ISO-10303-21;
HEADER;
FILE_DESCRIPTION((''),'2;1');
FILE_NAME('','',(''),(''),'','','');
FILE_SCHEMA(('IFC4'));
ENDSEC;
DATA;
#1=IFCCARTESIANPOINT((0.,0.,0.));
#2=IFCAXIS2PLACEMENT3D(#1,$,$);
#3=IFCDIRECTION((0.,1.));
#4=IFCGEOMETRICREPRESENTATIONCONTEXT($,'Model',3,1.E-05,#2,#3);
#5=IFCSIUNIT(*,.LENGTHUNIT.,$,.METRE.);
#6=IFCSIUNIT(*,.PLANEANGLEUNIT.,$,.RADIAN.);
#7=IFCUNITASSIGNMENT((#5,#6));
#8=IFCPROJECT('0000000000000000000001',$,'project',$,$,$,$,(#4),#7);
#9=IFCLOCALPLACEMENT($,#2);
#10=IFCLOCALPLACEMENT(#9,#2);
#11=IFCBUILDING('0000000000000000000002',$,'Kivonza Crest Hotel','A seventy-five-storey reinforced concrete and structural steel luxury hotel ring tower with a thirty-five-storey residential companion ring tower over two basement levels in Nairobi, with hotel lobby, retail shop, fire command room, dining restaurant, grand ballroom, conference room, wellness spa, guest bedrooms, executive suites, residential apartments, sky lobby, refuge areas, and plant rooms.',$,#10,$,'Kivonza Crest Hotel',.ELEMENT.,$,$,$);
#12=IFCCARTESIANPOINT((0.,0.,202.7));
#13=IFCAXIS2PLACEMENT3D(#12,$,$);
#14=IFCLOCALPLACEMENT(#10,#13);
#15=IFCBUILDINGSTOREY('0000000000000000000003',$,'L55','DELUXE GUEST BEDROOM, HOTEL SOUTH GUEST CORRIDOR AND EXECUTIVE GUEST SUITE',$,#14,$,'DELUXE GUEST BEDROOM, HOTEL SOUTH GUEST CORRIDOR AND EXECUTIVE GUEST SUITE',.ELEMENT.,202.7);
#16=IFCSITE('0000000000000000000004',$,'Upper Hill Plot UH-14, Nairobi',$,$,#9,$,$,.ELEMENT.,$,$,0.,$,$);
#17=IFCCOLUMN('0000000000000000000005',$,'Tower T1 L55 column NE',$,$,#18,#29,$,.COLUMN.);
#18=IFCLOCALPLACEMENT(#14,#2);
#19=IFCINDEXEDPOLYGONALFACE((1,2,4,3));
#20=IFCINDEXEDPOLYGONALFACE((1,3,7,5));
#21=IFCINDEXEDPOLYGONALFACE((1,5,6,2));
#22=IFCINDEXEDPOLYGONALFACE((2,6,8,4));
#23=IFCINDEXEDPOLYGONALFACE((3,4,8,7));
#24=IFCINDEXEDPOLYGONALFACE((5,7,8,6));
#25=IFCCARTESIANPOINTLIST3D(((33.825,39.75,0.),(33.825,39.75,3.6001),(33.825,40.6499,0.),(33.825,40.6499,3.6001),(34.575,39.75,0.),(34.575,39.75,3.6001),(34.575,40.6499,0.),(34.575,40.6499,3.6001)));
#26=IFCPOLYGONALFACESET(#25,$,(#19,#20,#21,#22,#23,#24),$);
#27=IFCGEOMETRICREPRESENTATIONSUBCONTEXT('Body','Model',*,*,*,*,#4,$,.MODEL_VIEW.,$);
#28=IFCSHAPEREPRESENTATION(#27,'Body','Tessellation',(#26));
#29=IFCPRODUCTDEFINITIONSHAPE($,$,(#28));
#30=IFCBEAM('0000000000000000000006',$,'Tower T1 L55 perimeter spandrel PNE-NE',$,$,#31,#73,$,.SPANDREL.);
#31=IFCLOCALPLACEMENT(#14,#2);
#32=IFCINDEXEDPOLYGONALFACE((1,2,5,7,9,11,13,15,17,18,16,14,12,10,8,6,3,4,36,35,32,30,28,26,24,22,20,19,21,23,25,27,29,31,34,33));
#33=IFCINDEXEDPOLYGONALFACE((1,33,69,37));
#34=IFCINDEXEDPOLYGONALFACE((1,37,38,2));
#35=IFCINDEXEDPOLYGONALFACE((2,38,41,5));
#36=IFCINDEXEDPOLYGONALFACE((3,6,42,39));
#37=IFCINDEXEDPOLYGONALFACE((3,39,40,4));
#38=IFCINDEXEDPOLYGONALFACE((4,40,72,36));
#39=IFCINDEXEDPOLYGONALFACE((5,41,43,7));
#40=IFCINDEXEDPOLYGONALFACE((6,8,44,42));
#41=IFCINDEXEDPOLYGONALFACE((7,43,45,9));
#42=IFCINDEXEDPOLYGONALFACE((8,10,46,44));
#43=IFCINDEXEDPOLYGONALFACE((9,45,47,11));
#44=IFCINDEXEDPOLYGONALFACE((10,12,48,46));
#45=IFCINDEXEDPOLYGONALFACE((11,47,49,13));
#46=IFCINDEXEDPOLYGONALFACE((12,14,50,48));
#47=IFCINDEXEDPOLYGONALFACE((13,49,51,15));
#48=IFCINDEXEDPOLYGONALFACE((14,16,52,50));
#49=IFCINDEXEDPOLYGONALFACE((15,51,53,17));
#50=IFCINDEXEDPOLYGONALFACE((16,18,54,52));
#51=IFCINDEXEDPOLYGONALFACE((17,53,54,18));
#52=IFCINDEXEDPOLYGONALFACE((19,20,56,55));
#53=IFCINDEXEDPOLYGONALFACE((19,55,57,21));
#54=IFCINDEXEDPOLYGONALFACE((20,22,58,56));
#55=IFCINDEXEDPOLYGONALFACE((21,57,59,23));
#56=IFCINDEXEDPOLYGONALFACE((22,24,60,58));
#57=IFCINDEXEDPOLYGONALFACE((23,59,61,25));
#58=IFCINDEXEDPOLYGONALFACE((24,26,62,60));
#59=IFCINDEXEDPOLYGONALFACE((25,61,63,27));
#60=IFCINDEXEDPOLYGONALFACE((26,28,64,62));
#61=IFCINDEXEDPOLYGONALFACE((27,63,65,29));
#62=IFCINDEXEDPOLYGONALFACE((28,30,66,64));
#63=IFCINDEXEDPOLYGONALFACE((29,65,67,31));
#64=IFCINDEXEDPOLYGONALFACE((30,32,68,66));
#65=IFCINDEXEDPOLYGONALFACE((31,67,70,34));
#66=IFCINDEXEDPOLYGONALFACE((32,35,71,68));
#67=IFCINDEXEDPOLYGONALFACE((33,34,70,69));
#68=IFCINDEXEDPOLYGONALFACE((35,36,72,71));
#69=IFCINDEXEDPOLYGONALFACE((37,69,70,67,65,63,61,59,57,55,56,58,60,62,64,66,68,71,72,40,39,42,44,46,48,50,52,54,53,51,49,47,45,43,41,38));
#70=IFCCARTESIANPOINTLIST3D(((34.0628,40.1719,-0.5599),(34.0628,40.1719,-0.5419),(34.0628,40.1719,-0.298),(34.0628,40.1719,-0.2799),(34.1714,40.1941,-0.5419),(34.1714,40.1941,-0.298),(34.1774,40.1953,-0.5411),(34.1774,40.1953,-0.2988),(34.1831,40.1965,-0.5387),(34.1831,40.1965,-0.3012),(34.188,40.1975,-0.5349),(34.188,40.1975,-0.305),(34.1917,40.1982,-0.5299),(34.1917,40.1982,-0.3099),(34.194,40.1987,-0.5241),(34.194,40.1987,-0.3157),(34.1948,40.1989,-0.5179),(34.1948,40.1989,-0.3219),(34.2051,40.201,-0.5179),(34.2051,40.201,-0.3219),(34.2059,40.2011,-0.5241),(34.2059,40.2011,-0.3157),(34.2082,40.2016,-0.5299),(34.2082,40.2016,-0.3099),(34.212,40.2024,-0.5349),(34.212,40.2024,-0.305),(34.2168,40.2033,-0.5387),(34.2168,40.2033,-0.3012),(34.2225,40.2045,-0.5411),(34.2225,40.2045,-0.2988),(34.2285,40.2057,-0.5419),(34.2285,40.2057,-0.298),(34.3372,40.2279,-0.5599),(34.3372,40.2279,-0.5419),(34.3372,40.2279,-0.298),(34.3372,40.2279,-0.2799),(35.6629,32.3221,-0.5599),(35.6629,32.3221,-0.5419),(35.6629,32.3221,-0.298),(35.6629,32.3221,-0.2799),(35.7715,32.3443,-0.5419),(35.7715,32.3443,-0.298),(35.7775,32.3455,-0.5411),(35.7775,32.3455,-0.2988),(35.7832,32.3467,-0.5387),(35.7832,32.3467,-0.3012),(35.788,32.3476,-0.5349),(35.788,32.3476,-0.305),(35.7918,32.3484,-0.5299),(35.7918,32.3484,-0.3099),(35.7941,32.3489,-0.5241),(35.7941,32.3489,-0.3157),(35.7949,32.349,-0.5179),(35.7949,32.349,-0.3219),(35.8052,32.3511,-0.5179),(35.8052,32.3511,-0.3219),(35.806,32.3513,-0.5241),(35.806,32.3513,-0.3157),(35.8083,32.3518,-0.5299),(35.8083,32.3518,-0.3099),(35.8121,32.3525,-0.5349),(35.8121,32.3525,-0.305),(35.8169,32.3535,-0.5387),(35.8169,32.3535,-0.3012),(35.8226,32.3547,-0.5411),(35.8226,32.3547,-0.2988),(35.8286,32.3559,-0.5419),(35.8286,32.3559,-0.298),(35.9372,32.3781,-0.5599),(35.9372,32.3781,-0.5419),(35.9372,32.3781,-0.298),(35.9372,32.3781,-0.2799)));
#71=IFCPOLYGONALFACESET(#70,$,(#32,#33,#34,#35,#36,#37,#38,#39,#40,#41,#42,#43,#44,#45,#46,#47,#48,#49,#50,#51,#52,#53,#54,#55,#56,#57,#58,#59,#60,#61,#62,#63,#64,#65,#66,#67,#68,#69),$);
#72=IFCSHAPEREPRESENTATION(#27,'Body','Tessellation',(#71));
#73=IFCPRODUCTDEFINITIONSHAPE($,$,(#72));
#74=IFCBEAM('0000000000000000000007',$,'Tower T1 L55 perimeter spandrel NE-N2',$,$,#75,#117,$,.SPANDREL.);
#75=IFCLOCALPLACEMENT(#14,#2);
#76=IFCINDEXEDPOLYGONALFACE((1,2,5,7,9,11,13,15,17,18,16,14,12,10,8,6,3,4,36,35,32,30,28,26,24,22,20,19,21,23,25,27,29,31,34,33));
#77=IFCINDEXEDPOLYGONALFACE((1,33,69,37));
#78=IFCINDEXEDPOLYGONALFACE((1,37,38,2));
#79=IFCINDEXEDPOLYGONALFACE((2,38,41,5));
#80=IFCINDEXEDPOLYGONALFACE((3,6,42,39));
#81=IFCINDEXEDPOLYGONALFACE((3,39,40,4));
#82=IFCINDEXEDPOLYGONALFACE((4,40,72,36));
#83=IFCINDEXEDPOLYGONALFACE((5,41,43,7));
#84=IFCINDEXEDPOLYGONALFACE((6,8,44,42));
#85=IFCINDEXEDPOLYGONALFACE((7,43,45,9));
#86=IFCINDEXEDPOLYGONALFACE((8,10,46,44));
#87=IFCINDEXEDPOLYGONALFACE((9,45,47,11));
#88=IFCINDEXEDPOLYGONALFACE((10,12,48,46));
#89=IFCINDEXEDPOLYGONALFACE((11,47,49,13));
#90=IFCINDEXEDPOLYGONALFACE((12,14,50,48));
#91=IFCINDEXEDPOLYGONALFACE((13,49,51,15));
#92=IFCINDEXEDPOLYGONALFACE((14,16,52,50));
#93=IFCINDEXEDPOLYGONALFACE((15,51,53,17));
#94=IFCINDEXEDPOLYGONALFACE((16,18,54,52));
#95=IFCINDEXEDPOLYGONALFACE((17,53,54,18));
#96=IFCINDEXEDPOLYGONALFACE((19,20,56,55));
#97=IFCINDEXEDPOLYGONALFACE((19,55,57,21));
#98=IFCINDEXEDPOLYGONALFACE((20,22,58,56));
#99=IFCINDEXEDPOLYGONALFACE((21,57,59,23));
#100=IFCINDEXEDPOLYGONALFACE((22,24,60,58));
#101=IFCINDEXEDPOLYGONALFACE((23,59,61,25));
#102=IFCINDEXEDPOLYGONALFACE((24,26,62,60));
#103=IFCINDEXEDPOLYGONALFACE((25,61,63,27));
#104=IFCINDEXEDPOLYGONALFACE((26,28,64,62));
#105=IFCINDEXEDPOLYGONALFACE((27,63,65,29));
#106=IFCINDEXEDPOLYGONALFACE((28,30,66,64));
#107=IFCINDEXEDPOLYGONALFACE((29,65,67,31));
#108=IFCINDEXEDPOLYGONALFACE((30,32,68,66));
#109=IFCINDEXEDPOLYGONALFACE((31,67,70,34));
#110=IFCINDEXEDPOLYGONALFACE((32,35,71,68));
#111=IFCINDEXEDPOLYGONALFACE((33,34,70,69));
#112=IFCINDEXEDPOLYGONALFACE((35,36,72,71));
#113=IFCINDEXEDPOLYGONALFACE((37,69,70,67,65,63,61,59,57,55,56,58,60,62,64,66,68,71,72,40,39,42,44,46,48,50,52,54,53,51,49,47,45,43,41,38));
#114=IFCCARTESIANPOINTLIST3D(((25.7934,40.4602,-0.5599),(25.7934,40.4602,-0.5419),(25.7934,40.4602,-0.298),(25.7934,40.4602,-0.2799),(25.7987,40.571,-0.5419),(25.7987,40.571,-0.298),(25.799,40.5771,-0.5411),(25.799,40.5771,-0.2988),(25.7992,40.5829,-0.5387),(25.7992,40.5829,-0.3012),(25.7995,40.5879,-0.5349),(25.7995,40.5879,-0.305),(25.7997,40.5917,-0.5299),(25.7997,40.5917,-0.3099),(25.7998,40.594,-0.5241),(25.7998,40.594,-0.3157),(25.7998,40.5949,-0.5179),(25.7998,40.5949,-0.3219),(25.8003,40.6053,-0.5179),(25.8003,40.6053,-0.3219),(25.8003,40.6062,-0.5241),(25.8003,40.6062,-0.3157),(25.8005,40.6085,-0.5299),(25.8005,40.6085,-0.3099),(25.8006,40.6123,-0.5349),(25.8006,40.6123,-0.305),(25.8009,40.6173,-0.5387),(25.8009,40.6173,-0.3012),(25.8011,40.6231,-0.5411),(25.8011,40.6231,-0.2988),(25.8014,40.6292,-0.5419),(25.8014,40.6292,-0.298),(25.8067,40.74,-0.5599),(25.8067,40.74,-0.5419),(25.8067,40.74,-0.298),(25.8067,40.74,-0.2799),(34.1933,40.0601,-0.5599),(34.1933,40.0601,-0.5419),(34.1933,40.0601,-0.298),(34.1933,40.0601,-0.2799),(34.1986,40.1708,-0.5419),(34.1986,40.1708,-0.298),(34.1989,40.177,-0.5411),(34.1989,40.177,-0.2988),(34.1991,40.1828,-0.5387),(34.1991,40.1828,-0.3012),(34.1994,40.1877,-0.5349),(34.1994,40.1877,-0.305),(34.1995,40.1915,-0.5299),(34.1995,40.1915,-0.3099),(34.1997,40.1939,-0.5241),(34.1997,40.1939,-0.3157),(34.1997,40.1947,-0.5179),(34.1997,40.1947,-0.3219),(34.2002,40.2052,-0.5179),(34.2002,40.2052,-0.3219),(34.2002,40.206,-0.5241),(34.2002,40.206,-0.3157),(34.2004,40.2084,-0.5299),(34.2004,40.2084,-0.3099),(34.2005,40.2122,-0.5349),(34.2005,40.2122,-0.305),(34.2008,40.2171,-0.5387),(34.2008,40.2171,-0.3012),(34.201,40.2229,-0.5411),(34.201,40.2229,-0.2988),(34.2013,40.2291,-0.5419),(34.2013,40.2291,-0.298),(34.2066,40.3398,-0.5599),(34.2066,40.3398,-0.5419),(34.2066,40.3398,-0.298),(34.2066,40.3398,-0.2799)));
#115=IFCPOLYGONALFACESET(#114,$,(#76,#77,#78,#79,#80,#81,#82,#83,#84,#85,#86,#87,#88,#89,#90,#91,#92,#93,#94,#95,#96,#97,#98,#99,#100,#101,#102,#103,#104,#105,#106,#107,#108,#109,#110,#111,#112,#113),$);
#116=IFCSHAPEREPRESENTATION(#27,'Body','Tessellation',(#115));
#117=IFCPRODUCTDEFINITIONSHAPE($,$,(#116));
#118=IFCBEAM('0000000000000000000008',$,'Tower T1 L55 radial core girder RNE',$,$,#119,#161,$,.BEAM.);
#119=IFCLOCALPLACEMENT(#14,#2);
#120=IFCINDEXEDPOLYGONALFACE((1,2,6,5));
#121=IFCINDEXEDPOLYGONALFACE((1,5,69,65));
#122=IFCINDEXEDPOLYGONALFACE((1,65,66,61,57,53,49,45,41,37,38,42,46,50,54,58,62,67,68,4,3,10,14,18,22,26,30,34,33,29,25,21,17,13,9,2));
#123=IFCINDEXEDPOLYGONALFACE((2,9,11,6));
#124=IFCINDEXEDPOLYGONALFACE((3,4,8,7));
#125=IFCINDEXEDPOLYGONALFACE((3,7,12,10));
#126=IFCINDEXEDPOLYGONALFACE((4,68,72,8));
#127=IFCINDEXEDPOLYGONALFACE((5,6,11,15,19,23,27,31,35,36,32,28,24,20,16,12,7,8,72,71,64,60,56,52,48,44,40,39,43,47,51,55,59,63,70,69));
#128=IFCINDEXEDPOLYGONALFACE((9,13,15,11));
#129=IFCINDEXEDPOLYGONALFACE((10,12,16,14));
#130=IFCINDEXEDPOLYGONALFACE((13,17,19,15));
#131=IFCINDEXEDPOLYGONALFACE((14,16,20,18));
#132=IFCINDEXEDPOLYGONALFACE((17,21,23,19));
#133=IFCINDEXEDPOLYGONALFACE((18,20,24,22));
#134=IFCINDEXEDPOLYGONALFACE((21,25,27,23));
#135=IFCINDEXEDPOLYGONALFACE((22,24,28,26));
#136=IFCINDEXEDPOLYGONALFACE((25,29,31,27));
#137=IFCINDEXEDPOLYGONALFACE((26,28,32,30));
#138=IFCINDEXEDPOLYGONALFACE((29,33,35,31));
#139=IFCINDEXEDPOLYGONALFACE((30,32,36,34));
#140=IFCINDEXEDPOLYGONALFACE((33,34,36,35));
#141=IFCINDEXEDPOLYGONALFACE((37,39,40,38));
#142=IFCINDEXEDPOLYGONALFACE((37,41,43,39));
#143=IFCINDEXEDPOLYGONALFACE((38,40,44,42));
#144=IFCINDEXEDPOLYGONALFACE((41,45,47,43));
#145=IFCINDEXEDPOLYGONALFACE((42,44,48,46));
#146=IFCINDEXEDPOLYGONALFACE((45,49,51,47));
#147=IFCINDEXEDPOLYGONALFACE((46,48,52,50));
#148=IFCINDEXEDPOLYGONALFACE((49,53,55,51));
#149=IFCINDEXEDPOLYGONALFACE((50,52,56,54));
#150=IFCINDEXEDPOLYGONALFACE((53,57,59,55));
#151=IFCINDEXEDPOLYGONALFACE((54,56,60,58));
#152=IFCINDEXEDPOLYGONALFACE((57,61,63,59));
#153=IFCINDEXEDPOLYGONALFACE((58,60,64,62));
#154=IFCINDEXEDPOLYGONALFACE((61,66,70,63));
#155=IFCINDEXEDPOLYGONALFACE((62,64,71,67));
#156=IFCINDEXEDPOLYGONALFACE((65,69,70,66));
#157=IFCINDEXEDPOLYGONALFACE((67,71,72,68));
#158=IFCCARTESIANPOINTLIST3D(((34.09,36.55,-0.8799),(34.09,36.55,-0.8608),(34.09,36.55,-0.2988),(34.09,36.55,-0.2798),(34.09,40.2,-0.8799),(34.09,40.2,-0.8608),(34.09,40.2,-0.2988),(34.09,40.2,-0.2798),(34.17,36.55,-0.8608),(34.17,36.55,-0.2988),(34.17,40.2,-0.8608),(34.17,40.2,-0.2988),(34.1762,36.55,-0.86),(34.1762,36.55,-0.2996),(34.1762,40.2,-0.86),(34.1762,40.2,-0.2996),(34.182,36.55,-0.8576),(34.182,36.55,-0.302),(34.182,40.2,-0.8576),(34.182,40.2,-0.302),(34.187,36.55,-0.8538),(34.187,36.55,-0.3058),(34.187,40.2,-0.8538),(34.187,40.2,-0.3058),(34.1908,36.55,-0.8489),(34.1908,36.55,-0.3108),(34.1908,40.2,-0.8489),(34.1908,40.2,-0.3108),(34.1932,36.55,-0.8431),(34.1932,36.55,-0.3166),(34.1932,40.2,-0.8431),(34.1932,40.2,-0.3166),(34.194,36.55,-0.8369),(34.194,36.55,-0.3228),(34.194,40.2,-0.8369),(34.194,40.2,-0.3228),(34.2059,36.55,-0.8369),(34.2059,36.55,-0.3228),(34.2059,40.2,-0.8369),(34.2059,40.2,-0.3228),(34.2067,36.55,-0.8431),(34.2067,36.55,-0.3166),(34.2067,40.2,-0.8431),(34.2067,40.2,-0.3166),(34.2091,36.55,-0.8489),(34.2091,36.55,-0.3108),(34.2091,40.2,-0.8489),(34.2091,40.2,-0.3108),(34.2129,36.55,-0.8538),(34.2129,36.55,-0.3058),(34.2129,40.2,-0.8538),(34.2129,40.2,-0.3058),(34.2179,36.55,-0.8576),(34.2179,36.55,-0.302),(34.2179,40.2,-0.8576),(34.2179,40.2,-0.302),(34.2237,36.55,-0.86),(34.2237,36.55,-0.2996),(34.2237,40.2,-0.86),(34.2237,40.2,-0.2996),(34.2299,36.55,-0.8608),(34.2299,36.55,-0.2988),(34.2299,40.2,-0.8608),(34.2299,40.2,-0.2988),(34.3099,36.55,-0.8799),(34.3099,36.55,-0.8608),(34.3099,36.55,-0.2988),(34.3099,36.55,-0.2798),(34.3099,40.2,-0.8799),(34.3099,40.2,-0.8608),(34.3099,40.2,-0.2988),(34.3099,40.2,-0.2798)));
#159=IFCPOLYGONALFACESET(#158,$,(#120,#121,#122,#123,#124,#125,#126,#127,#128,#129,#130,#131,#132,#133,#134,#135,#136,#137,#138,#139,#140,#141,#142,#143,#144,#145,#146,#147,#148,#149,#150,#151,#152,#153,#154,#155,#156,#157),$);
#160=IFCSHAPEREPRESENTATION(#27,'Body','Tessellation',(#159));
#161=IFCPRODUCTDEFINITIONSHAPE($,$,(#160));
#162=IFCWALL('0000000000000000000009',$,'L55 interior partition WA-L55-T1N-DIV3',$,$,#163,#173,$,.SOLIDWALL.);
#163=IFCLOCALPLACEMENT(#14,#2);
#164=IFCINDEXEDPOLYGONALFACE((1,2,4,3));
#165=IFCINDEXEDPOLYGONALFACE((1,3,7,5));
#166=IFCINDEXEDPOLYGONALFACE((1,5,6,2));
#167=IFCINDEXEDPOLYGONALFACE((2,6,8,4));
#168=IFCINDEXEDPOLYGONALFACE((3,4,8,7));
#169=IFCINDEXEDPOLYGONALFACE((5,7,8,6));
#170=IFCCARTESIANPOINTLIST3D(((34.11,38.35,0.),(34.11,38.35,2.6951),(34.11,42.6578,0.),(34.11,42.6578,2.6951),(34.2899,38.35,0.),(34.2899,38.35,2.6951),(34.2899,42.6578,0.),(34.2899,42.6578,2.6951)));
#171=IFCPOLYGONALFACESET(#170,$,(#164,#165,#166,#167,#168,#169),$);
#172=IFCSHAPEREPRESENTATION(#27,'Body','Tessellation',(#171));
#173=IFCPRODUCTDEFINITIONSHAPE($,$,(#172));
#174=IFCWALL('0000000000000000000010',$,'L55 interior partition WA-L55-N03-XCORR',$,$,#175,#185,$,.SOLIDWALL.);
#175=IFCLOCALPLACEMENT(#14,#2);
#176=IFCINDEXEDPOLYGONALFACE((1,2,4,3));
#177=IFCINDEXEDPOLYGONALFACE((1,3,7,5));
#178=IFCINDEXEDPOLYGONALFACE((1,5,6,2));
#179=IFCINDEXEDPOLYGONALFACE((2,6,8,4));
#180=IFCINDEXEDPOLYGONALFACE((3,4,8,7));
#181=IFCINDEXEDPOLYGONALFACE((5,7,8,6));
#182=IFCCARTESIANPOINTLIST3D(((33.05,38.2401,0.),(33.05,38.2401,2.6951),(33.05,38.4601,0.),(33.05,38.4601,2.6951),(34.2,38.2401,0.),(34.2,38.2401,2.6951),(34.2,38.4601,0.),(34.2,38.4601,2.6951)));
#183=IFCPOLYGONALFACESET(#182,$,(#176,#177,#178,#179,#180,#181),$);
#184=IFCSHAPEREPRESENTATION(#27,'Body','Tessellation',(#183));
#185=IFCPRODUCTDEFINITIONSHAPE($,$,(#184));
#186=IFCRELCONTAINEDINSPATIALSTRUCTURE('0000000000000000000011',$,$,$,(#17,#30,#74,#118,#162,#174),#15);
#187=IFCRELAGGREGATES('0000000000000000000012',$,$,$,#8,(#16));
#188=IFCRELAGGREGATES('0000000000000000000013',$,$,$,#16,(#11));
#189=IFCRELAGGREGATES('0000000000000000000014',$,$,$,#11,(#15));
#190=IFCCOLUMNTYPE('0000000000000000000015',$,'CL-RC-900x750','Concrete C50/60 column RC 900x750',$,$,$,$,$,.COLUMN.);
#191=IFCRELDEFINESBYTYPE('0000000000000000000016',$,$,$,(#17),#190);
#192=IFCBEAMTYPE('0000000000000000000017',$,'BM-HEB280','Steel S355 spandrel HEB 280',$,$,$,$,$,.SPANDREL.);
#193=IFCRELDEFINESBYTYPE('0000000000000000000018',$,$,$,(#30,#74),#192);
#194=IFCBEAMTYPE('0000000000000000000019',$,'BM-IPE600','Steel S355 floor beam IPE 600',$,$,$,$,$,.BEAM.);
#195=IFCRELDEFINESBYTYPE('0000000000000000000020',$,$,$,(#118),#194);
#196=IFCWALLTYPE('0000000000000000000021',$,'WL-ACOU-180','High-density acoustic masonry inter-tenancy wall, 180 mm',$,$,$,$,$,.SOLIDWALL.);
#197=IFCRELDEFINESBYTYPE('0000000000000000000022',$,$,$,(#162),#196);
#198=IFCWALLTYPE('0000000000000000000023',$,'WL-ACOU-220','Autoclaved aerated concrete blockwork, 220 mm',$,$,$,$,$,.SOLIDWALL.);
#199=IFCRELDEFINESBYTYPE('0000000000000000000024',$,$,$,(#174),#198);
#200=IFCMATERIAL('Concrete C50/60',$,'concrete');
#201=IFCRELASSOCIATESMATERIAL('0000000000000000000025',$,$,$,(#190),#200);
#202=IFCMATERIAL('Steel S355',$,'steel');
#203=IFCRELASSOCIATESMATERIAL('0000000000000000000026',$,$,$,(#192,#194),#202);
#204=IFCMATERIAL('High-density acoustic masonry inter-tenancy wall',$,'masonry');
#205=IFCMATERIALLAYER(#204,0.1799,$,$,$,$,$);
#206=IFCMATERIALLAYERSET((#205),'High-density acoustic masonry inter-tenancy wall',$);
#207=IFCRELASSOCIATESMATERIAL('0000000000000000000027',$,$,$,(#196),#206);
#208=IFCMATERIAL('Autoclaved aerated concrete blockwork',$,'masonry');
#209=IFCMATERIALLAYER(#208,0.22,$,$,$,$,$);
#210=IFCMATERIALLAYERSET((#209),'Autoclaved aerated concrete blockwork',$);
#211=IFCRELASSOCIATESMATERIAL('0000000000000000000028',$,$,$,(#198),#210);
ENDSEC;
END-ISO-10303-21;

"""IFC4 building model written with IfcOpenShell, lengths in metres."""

from ifc_helpers import new_model, si_unit, direction, frame, frame_2d, origin, origin_2d, place, context, subcontext, project, spatial, rectangle, i_section, extrude, material, layer, layer_set, material_profile, profile_set, type_object, element, save


model = new_model("IFC4")

# Units and contexts
model_context = context("Model", 3, precision=1e-05, world=origin(), true_north=direction((0.0, 1.0)))
body_context = subcontext(model_context, "Body", "Model", "MODEL_VIEW")
ifc_project = project(units=[si_unit("LENGTHUNIT", "METRE"), si_unit("PLANEANGLEUNIT", "RADIAN")], contexts=[model_context])

# Site, building, storey
site_placement = place(None, origin())
site = spatial("IfcSite", under=ifc_project, at=site_placement, Name="Upper Hill Plot UH-14, Nairobi", CompositionType="ELEMENT", RefElevation=0.0)
building_placement = place(site_placement, origin())
building = spatial("IfcBuilding", under=site, at=building_placement, Name="Kivonza Crest Hotel", Description="A seventy-five-storey reinforced concrete and structural steel luxury hotel ring tower with a thirty-five-storey residential companion ring tower over two basement levels in Nairobi, with hotel lobby, retail shop, fire command room, dining restaurant, grand ballroom, conference room, wellness spa, guest bedrooms, executive suites, residential apartments, sky lobby, refuge areas, and plant rooms.", LongName="Kivonza Crest Hotel", CompositionType="ELEMENT")
storey_placement = place(building_placement, frame((0.0, 0.0, 202.7)))
storey = spatial("IfcBuildingStorey", under=building, at=storey_placement, Name="L55", Description="DELUXE GUEST BEDROOM, HOTEL SOUTH GUEST CORRIDOR AND EXECUTIVE GUEST SUITE", LongName="DELUXE GUEST BEDROOM, HOTEL SOUTH GUEST CORRIDOR AND EXECUTIVE GUEST SUITE", CompositionType="ELEMENT", Elevation=202.7)

# Column
ifc_material_1 = material(Name="Concrete C50/60", Category="concrete")
ifc_material_profile_1 = material_profile(ifc_material_1, rectangle(XDim=0.75, YDim=0.8999, at=origin_2d()), Name="RC 900x750")
ifc_profile_set_1 = profile_set([ifc_material_profile_1], Name="Concrete C50/60")
column_type = type_object("IfcColumnType", Name="CL-RC-900x750", Description="Concrete C50/60 column RC 900x750", PredefinedType="COLUMN", material=ifc_profile_set_1)
column_placement = place(storey_placement, frame((34.2, 40.2, 0.0), z_axis=(0.0, 0.0, 1.0), x_axis=(1.0, 0.0, 0.0)))
element("IfcColumn", 1, at=column_placement, inside=storey, type_object=column_type, Name="Tower T1 L55 column NE", PredefinedType="COLUMN", context=body_context, shape_type="SweptSolid", body=[
    extrude(rectangle(XDim=0.75, YDim=0.8999, at=origin_2d()), origin(), (0.0, 0.0, 1.0), 3.6001),
])

# Beams
ifc_material_2 = material(Name="Steel S355", Category="steel")
ifc_material_profile_2 = material_profile(ifc_material_2, i_section(OverallWidth=0.28, OverallDepth=0.28, WebThickness=0.0105, FlangeThickness=0.0181, FilletRadius=0.0239, at=origin_2d()), Name="HEB 280")
ifc_profile_set_2 = profile_set([ifc_material_profile_2], Name="Steel S355")
beam_type_1 = type_object("IfcBeamType", Name="BM-HEB280", Description="Steel S355 spandrel HEB 280", PredefinedType="SPANDREL", material=ifc_profile_set_2)
beam_1_placement = place(storey_placement, frame((35.8, 32.3501, -0.4199), z_axis=(-0.199731, 0.979851, 0.0), x_axis=(-0.979851, -0.199731, 0.0)))
element("IfcBeam", 2, at=beam_1_placement, inside=storey, type_object=beam_type_1, Name="Tower T1 L55 perimeter spandrel PNE-NE", PredefinedType="SPANDREL", context=body_context, shape_type="SweptSolid", body=[
    extrude(i_section(OverallWidth=0.28, OverallDepth=0.28, WebThickness=0.0105, FlangeThickness=0.0181, FilletRadius=0.0239, at=origin_2d()), origin(), (0.0, 0.0, 1.0), 8.0112),
])
beam_2_placement = place(storey_placement, frame((34.2, 40.2, -0.4199), z_axis=(-0.998867, 0.047583, 0.0), x_axis=(-0.047583, -0.998867, 0.0)))
element("IfcBeam", 3, at=beam_2_placement, inside=storey, type_object=beam_type_1, Name="Tower T1 L55 perimeter spandrel NE-N2", PredefinedType="SPANDREL", context=body_context, shape_type="SweptSolid", body=[
    extrude(i_section(OverallWidth=0.28, OverallDepth=0.28, WebThickness=0.0105, FlangeThickness=0.0181, FilletRadius=0.0239, at=origin_2d()), origin(), (0.0, 0.0, 1.0), 8.4094),
])
ifc_material_profile_3 = material_profile(ifc_material_2, i_section(OverallWidth=0.22, OverallDepth=0.6001, WebThickness=0.012, FlangeThickness=0.019, FilletRadius=0.0239, at=origin_2d()), Name="IPE 600")
ifc_profile_set_3 = profile_set([ifc_material_profile_3], Name="Steel S355")
beam_type_2 = type_object("IfcBeamType", Name="BM-IPE600", Description="Steel S355 floor beam IPE 600", PredefinedType="BEAM", material=ifc_profile_set_3)
beam_3_placement = place(storey_placement, frame((34.2, 40.2, -0.5798), z_axis=(0.0, -1.0, 0.0), x_axis=(1.0, 0.0, 0.0)))
element("IfcBeam", 4, at=beam_3_placement, inside=storey, type_object=beam_type_2, Name="Tower T1 L55 radial core girder RNE", PredefinedType="BEAM", context=body_context, shape_type="SweptSolid", body=[
    extrude(i_section(OverallWidth=0.22, OverallDepth=0.6001, WebThickness=0.012, FlangeThickness=0.019, FilletRadius=0.0239, at=origin_2d()), origin(), (0.0, 0.0, 1.0), 3.6499),
])

# Walls
ifc_material_3 = material(Name="High-density acoustic masonry inter-tenancy wall", Category="masonry")
ifc_layer_1 = layer(ifc_material_3, 0.1799)
ifc_layer_set_1 = layer_set([ifc_layer_1], Name="High-density acoustic masonry inter-tenancy wall")
wall_type_1 = type_object("IfcWallType", Name="WL-ACOU-180", Description="High-density acoustic masonry inter-tenancy wall, 180 mm", PredefinedType="SOLIDWALL", material=ifc_layer_set_1)
wall_1_placement = place(storey_placement, frame((34.2, 38.3501, 0.0), z_axis=(0.0, 0.0, 1.0), x_axis=(0.0, 1.0, 0.0)))
element("IfcWall", 5, at=wall_1_placement, inside=storey, type_object=wall_type_1, Name="L55 interior partition WA-L55-T1N-DIV3", PredefinedType="SOLIDWALL", context=body_context, shape_type="SweptSolid", body=[
    extrude(rectangle(XDim=4.3079, YDim=0.1799, at=frame_2d((2.1538, 0.0))), origin(), (0.0, 0.0, 1.0), 2.6951),
])
ifc_material_4 = material(Name="Autoclaved aerated concrete blockwork", Category="masonry")
ifc_layer_2 = layer(ifc_material_4, 0.22)
ifc_layer_set_2 = layer_set([ifc_layer_2], Name="Autoclaved aerated concrete blockwork")
wall_type_2 = type_object("IfcWallType", Name="WL-ACOU-220", Description="Autoclaved aerated concrete blockwork, 220 mm", PredefinedType="SOLIDWALL", material=ifc_layer_set_2)
wall_2_placement = place(storey_placement, frame((33.05, 38.3501, 0.0), z_axis=(0.0, 0.0, 1.0), x_axis=(1.0, 0.0, 0.0)))
element("IfcWall", 6, at=wall_2_placement, inside=storey, type_object=wall_type_2, Name="L55 interior partition WA-L55-N03-XCORR", PredefinedType="SOLIDWALL", context=body_context, shape_type="SweptSolid", body=[
    extrude(rectangle(XDim=1.1499, YDim=0.22, at=frame_2d((0.575, 0.0))), origin(), (0.0, 0.0, 1.0), 2.6951),
])

save(model, "model.ifc")
